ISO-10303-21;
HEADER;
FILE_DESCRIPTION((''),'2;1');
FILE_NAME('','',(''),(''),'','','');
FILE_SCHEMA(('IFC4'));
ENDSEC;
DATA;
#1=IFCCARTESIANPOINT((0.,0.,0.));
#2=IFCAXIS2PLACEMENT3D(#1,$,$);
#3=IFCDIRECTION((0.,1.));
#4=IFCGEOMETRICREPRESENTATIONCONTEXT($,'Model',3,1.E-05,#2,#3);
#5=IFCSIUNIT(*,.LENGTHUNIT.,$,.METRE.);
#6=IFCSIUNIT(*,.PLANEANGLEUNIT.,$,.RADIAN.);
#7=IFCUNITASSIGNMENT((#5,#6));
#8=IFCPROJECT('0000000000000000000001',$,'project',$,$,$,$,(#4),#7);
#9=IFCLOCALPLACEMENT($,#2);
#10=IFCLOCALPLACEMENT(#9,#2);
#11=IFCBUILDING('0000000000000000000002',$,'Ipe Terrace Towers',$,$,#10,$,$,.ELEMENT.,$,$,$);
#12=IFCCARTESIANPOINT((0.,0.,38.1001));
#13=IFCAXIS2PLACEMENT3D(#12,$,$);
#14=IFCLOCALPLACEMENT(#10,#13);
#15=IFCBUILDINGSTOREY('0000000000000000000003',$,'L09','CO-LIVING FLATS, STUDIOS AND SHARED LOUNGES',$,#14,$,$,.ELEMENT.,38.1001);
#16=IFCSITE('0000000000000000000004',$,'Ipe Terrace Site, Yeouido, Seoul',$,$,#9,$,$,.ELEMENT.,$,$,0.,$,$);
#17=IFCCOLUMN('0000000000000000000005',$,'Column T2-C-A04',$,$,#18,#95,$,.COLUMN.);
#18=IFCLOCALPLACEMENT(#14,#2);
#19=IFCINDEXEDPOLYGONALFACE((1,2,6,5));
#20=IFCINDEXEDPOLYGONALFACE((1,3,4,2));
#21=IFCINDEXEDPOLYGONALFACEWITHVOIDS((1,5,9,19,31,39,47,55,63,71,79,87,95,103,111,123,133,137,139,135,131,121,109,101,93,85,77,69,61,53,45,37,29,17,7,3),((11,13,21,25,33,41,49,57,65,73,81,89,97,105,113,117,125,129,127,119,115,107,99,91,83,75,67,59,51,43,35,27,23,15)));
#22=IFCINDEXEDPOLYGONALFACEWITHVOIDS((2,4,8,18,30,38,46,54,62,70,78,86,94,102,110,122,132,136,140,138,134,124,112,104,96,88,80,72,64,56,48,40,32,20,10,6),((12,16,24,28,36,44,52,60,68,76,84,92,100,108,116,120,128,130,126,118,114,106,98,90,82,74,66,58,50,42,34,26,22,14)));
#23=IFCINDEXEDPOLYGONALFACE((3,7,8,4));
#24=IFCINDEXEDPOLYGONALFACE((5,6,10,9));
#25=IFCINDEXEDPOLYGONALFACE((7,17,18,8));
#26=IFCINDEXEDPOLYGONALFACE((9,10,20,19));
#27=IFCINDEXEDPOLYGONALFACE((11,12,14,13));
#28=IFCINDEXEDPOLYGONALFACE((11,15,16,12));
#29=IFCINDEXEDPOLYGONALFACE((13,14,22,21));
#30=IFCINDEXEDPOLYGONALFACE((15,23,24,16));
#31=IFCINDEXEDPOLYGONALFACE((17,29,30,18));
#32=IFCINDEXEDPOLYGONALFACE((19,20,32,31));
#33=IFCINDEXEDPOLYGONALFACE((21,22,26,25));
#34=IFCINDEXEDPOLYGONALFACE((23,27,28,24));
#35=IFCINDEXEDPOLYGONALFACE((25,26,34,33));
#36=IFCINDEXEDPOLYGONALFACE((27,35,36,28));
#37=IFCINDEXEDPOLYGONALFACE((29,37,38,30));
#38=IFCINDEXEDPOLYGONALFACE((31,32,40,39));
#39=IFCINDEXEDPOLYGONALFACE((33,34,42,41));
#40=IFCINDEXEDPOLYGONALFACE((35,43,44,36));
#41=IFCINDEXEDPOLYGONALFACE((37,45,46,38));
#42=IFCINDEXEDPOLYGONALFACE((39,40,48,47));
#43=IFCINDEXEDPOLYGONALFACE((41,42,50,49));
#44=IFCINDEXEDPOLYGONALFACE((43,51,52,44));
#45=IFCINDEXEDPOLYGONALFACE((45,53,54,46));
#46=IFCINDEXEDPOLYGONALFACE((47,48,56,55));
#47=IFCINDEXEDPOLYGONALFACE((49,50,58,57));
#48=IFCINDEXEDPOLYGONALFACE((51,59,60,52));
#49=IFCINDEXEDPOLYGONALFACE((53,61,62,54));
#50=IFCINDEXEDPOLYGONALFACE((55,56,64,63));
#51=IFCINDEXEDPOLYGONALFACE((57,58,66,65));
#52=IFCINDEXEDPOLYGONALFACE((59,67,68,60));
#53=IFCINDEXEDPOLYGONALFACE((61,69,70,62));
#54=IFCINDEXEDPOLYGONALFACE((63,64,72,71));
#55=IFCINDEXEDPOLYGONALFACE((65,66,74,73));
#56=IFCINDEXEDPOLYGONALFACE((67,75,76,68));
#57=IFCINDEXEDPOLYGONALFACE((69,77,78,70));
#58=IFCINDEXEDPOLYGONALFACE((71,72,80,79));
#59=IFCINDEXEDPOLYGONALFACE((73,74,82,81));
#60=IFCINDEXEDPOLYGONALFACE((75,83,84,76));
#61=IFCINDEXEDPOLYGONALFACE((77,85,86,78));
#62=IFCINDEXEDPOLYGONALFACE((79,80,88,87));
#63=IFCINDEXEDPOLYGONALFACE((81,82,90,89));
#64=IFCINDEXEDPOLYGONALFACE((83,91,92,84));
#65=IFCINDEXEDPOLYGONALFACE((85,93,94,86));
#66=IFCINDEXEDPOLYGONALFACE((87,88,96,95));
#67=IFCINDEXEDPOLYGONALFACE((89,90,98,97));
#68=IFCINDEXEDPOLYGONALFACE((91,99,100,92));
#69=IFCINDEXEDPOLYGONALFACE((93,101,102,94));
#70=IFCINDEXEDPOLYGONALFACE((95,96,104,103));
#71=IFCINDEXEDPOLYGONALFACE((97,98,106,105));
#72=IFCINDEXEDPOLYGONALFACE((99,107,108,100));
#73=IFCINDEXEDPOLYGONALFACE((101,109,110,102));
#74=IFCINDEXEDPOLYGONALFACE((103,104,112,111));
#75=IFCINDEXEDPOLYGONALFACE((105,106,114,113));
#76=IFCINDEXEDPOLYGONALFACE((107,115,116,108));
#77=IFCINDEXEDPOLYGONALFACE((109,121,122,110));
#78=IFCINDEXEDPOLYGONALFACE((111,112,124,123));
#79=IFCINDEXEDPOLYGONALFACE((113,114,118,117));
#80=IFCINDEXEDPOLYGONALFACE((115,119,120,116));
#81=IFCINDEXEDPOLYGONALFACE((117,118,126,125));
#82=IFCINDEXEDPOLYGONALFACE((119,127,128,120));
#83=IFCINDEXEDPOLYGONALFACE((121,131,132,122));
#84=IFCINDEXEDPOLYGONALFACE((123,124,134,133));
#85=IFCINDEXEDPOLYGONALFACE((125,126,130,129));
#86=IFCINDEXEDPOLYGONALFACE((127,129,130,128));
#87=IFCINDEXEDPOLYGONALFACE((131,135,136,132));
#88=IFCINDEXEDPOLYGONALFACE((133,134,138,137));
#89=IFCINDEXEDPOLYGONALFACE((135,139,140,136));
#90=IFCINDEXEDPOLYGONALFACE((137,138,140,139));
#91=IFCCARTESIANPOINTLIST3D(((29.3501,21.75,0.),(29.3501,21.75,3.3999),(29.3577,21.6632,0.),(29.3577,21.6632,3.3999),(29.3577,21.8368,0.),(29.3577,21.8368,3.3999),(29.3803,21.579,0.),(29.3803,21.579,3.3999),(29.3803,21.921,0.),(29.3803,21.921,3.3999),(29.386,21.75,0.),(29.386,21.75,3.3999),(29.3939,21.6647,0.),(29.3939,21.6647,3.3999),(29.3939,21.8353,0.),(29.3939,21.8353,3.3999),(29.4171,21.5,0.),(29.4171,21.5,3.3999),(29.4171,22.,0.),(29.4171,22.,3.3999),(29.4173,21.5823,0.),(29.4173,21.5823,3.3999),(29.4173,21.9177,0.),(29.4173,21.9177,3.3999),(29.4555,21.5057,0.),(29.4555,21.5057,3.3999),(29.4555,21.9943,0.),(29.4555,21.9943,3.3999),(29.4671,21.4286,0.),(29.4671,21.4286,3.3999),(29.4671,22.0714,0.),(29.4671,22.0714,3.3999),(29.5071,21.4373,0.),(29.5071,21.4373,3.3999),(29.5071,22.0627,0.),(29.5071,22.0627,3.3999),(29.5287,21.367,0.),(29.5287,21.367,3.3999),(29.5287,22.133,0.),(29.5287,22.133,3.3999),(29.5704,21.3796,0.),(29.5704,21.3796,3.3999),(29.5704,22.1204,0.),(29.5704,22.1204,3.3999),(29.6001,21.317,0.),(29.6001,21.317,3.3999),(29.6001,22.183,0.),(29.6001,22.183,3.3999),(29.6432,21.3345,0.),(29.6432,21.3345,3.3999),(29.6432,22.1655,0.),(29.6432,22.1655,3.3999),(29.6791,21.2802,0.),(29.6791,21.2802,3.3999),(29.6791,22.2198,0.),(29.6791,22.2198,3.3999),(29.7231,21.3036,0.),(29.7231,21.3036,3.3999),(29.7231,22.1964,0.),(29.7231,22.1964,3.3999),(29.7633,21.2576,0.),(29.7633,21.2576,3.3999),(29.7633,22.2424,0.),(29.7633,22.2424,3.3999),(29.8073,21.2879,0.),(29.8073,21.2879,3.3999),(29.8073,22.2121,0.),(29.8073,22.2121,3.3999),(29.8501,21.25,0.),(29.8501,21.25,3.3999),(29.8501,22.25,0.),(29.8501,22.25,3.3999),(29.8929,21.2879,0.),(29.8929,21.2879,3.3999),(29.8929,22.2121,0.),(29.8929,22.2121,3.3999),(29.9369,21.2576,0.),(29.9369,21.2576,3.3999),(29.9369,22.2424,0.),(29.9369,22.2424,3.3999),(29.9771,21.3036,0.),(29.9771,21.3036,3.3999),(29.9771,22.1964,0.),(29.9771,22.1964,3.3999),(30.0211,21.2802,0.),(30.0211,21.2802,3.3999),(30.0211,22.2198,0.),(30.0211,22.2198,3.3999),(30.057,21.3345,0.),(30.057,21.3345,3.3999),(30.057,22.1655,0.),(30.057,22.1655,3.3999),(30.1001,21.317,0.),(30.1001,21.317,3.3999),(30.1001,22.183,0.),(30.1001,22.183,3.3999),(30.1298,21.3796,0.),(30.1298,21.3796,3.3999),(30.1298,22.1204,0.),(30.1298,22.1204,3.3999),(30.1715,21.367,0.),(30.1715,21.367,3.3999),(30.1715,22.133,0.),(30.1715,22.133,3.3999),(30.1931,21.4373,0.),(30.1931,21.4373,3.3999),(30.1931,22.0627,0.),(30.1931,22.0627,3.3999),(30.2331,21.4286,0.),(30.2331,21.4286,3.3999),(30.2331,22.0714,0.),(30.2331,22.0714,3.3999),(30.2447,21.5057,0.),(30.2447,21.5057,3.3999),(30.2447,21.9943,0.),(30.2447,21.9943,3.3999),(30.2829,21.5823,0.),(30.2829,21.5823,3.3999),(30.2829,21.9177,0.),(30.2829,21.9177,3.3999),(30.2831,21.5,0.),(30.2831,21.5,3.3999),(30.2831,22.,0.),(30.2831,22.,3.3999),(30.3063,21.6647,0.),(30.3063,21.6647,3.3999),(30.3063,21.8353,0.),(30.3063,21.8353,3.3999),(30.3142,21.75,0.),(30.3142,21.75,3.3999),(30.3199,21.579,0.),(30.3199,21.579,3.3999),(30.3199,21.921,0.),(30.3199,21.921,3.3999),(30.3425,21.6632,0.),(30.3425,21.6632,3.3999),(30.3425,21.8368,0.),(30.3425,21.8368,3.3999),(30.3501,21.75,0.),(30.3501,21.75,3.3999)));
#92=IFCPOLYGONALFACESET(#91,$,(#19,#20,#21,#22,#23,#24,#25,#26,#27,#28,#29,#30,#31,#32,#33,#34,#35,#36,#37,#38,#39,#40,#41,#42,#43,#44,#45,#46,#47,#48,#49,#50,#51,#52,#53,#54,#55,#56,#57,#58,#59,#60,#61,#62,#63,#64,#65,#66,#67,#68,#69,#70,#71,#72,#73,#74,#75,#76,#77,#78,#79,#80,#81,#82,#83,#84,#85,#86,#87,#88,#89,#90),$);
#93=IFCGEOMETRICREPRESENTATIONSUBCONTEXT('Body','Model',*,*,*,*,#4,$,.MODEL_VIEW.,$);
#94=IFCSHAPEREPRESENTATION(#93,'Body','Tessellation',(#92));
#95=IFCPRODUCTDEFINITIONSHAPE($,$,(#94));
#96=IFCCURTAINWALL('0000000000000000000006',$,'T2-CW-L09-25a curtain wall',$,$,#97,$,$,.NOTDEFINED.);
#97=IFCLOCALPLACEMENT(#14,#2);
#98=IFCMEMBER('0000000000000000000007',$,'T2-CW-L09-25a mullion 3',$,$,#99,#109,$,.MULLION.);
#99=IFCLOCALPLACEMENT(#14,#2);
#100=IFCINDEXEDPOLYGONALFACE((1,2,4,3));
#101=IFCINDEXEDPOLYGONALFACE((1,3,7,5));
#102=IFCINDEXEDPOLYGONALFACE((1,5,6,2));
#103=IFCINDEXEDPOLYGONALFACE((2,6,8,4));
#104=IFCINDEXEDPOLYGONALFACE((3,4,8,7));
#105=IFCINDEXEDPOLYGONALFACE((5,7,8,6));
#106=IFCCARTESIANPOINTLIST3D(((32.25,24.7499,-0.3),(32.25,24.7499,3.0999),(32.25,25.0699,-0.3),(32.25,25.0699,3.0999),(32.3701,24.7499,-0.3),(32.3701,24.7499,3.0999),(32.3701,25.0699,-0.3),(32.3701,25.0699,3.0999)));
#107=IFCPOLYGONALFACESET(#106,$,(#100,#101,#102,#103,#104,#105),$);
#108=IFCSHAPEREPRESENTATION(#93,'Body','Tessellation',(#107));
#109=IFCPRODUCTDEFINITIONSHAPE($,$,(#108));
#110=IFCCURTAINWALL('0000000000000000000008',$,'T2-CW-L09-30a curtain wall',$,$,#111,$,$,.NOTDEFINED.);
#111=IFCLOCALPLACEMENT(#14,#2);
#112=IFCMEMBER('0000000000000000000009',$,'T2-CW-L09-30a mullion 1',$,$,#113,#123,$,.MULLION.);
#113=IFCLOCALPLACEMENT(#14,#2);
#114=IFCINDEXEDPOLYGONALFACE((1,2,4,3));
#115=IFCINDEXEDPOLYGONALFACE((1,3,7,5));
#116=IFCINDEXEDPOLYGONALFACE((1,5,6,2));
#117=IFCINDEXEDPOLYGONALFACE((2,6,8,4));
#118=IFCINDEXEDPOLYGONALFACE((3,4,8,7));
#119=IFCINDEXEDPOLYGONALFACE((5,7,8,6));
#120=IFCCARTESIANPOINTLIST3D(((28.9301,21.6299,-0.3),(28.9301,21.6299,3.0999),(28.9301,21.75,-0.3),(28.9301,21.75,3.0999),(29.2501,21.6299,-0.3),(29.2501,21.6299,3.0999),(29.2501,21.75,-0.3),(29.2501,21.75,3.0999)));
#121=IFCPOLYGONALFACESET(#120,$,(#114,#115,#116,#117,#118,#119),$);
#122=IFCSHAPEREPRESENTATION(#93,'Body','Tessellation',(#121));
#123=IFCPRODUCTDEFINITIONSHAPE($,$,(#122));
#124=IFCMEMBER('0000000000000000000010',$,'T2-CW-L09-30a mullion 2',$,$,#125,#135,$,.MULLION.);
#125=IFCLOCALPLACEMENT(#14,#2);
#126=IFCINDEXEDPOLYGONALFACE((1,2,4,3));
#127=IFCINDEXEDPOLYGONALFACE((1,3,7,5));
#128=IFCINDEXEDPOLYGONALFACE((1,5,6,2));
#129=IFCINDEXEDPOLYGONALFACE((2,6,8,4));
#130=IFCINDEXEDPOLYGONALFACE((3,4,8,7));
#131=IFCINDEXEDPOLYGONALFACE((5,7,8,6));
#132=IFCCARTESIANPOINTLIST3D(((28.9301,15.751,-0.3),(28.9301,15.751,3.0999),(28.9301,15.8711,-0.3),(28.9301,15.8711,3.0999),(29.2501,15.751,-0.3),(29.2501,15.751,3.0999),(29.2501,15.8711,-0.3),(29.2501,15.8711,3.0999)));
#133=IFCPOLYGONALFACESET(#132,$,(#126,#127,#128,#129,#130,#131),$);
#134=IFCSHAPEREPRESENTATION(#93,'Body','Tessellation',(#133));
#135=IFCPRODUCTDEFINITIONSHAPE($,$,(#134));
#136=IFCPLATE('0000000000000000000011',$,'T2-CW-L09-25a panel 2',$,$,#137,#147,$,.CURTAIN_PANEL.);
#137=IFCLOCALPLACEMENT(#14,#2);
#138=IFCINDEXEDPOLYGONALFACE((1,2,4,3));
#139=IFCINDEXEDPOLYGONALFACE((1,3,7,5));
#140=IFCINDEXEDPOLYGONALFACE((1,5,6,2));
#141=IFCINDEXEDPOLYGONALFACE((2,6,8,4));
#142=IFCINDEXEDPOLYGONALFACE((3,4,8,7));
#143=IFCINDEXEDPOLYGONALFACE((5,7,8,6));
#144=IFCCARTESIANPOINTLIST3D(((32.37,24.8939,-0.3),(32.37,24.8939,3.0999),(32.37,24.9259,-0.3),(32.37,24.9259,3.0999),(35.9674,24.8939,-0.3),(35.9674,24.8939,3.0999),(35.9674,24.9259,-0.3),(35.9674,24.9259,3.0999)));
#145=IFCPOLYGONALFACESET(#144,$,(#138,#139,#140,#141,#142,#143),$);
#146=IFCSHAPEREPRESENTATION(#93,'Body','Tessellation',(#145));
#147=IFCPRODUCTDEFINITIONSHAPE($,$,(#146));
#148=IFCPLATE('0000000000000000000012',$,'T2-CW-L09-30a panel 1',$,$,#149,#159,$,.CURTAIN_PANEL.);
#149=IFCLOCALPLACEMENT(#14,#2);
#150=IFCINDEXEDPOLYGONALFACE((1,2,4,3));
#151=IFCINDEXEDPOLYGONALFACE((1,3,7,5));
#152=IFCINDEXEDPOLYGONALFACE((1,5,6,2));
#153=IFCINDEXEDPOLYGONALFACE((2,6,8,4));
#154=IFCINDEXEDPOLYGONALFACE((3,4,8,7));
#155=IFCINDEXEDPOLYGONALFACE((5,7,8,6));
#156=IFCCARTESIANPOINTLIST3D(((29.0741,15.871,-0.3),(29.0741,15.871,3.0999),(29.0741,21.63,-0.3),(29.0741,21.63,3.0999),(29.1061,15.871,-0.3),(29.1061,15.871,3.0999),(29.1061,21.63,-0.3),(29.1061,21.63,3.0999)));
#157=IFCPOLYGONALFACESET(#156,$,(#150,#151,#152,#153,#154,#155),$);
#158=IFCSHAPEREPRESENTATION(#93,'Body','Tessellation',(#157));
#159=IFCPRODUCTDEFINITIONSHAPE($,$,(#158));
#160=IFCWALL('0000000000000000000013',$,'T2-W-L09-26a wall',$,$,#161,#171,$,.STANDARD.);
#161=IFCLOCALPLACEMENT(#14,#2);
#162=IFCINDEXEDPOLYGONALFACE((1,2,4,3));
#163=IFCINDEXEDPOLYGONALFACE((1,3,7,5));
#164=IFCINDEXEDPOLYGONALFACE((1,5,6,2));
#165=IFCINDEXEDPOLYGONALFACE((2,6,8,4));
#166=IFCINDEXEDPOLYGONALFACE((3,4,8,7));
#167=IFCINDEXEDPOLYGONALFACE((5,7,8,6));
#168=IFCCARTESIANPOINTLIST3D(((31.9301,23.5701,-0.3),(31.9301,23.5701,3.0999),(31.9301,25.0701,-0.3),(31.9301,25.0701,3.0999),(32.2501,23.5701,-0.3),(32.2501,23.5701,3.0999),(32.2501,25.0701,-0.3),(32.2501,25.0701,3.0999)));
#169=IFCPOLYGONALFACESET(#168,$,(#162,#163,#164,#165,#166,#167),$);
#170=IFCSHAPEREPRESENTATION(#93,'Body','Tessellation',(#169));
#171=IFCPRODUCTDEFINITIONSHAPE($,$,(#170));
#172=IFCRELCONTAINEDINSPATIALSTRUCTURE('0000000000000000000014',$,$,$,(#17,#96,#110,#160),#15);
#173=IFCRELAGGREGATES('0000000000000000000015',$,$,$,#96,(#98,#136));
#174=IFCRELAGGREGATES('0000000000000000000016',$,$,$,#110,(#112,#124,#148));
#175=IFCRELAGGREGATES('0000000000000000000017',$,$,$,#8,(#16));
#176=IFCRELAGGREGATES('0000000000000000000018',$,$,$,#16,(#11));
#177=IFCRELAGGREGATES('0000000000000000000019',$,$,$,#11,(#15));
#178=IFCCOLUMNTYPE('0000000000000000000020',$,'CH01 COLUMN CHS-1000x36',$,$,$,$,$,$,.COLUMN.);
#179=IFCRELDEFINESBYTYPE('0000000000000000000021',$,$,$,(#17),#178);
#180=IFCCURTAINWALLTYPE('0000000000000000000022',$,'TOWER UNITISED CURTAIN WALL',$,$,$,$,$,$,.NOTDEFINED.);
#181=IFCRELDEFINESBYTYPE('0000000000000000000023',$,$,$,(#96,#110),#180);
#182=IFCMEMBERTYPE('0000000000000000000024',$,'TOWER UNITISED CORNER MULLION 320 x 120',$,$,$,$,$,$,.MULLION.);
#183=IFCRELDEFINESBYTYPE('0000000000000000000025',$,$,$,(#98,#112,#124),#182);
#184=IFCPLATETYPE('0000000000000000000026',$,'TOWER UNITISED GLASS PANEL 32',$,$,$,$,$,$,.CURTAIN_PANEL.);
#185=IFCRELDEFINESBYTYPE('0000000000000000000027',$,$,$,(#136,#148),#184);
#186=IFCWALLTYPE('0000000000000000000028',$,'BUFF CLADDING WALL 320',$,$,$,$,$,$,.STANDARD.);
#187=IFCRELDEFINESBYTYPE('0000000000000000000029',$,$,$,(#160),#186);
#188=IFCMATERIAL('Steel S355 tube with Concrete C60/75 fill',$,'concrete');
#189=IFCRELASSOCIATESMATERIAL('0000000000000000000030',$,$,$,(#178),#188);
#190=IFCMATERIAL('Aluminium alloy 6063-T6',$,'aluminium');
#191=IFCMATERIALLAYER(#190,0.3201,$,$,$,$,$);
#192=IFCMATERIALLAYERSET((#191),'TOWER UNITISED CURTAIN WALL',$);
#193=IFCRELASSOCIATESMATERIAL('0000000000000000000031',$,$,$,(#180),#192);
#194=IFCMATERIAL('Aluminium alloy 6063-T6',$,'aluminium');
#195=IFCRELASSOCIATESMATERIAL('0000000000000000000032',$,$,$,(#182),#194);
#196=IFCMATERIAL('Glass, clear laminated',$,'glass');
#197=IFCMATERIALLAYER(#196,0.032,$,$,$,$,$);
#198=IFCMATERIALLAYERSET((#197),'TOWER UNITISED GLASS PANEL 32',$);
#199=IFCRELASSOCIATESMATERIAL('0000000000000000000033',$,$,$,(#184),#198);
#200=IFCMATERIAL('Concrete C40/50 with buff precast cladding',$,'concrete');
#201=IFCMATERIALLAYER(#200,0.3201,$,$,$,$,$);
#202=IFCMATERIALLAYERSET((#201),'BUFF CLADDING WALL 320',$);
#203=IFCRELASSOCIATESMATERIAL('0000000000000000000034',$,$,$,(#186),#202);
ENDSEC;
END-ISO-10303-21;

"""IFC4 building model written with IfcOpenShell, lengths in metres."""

from ifc_helpers import new_model, si_unit, direction, frame, frame_2d, origin, origin_2d, place, context, subcontext, project, spatial, rectangle, hollow_circle, extrude, material, layer, layer_set, material_profile, profile_set, type_object, element, aggregate, save


model = new_model("IFC4")

# Units and contexts
model_context = context("Model", 3, precision=1e-05, world=origin(), true_north=direction((0.0, 1.0)))
body_context = subcontext(model_context, "Body", "Model", "MODEL_VIEW")
ifc_project = project(units=[si_unit("LENGTHUNIT", "METRE"), si_unit("PLANEANGLEUNIT", "RADIAN")], contexts=[model_context])

# Site, building, storey
site_placement = place(None, origin())
site = spatial("IfcSite", under=ifc_project, at=site_placement, Name="Ipe Terrace Site, Yeouido, Seoul", CompositionType="ELEMENT", RefElevation=0.0)
building_placement = place(site_placement, origin())
building = spatial("IfcBuilding", under=site, at=building_placement, Name="Ipe Terrace Towers", CompositionType="ELEMENT")
storey_placement = place(building_placement, frame((0.0, 0.0, 38.1001)))
storey = spatial("IfcBuildingStorey", under=building, at=storey_placement, Name="L09", Description="CO-LIVING FLATS, STUDIOS AND SHARED LOUNGES", CompositionType="ELEMENT", Elevation=38.1001)

# Column
ifc_material_1 = material(Name="Steel S355 tube with Concrete C60/75 fill", Category="concrete")
ifc_material_profile_1 = material_profile(ifc_material_1, hollow_circle(Radius=0.5, WallThickness=0.0359, at=origin_2d()), Name="CHS-1000x36")
ifc_profile_set_1 = profile_set([ifc_material_profile_1], Name="Steel S355 tube with Concrete C60/75 fill")
column_type = type_object("IfcColumnType", Name="CH01 COLUMN CHS-1000x36", PredefinedType="COLUMN", material=ifc_profile_set_1)
column_placement = place(storey_placement, frame((29.8501, 21.75, 0.0), z_axis=(0.0, 0.0, 1.0), x_axis=(1.0, 0.0, 0.0)))
element("IfcColumn", 1, at=column_placement, inside=storey, type_object=column_type, Name="Column T2-C-A04", PredefinedType="COLUMN", context=body_context, shape_type="SweptSolid", body=[
    extrude(hollow_circle(Radius=0.5, WallThickness=0.0359, at=origin_2d()), origin(), (0.0, 0.0, 1.0), 3.3999),
])

# Curtain wall, member
ifc_material_2 = material(Name="Aluminium alloy 6063-T6", Category="aluminium")
ifc_layer_1 = layer(ifc_material_2, 0.3201)
ifc_layer_set_1 = layer_set([ifc_layer_1], Name="TOWER UNITISED CURTAIN WALL")
curtain_wall_type = type_object("IfcCurtainWallType", Name="TOWER UNITISED CURTAIN WALL", PredefinedType="NOTDEFINED", material=ifc_layer_set_1)
curtain_wall_1_placement = place(storey_placement, origin())
curtain_wall_1 = element("IfcCurtainWall", 2, at=curtain_wall_1_placement, inside=storey, type_object=curtain_wall_type, Name="T2-CW-L09-25a curtain wall", PredefinedType="NOTDEFINED")
ifc_material_3 = material(Name="Aluminium alloy 6063-T6", Category="aluminium")
ifc_material_profile_2 = material_profile(ifc_material_3, rectangle(XDim=0.3201, YDim=0.1201, at=origin_2d()), Name="TOWER UNITISED CORNER MULLION 320 x 120")
ifc_profile_set_2 = profile_set([ifc_material_profile_2], Name="Aluminium alloy 6063-T6")
member_type = type_object("IfcMemberType", Name="TOWER UNITISED CORNER MULLION 320 x 120", PredefinedType="MULLION", material=ifc_profile_set_2)
member_1_placement = place(storey_placement, frame((32.3101, 24.9099, -0.3), z_axis=(0.0, 0.0, 1.0), x_axis=(0.0, 1.0, 0.0)))
member_1 = element("IfcMember", 3, at=member_1_placement, type_object=member_type, Name="T2-CW-L09-25a mullion 3", PredefinedType="MULLION", context=body_context, shape_type="SweptSolid", body=[
    extrude(rectangle(XDim=0.3201, YDim=0.1201, at=origin_2d()), origin(), (0.0, 0.0, 1.0), 3.3999),
])

# Curtain wall, members
curtain_wall_2_placement = place(storey_placement, origin())
curtain_wall_2 = element("IfcCurtainWall", 4, at=curtain_wall_2_placement, inside=storey, type_object=curtain_wall_type, Name="T2-CW-L09-30a curtain wall", PredefinedType="NOTDEFINED")
member_2_placement = place(storey_placement, frame((29.0901, 21.6899, -0.3), z_axis=(0.0, 0.0, 1.0), x_axis=(-1.0, 0.0, 0.0)))
member_2 = element("IfcMember", 5, at=member_2_placement, type_object=member_type, Name="T2-CW-L09-30a mullion 1", PredefinedType="MULLION", context=body_context, shape_type="SweptSolid", body=[
    extrude(rectangle(XDim=0.3201, YDim=0.1201, at=origin_2d()), origin(), (0.0, 0.0, 1.0), 3.3999),
])
member_3_placement = place(storey_placement, frame((29.0901, 15.811, -0.3), z_axis=(0.0, 0.0, 1.0), x_axis=(-1.0, 0.0, 0.0)))
member_3 = element("IfcMember", 6, at=member_3_placement, type_object=member_type, Name="T2-CW-L09-30a mullion 2", PredefinedType="MULLION", context=body_context, shape_type="SweptSolid", body=[
    extrude(rectangle(XDim=0.3201, YDim=0.1201, at=origin_2d()), origin(), (0.0, 0.0, 1.0), 3.3999),
])

# Plates
ifc_material_4 = material(Name="Glass, clear laminated", Category="glass")
ifc_layer_2 = layer(ifc_material_4, 0.032)
ifc_layer_set_2 = layer_set([ifc_layer_2], Name="TOWER UNITISED GLASS PANEL 32")
plate_type = type_object("IfcPlateType", Name="TOWER UNITISED GLASS PANEL 32", PredefinedType="CURTAIN_PANEL", material=ifc_layer_set_2)
plate_1_placement = place(storey_placement, frame((34.1687, 24.9099, -0.3), z_axis=(0.0, 0.0, 1.0), x_axis=(-1.0, 0.0, 0.0)))
plate_1 = element("IfcPlate", 7, at=plate_1_placement, type_object=plate_type, Name="T2-CW-L09-25a panel 2", PredefinedType="CURTAIN_PANEL", context=body_context, shape_type="SweptSolid", body=[
    extrude(rectangle(XDim=3.5974, YDim=0.032, at=origin_2d()), origin(), (0.0, 0.0, 1.0), 3.3999),
])
aggregate(curtain_wall_1, [member_1, plate_1])
plate_2_placement = place(storey_placement, frame((29.0901, 18.7505, -0.3), z_axis=(0.0, 0.0, 1.0), x_axis=(0.0, -1.0, 0.0)))
plate_2 = element("IfcPlate", 8, at=plate_2_placement, type_object=plate_type, Name="T2-CW-L09-30a panel 1", PredefinedType="CURTAIN_PANEL", context=body_context, shape_type="SweptSolid", body=[
    extrude(rectangle(XDim=5.759, YDim=0.032, at=origin_2d()), origin(), (0.0, 0.0, 1.0), 3.3999),
])
aggregate(curtain_wall_2, [member_2, member_3, plate_2])

# Wall
ifc_material_5 = material(Name="Concrete C40/50 with buff precast cladding", Category="concrete")
ifc_layer_3 = layer(ifc_material_5, 0.3201)
ifc_layer_set_3 = layer_set([ifc_layer_3], Name="BUFF CLADDING WALL 320")
wall_type_1 = type_object("IfcWallType", Name="BUFF CLADDING WALL 320", PredefinedType="STANDARD", material=ifc_layer_set_3)
wall_1_placement = place(storey_placement, frame((32.0901, 25.0701, -0.3), z_axis=(0.0, 0.0, 1.0), x_axis=(0.0, -1.0, 0.0)))
element("IfcWall", 9, at=wall_1_placement, inside=storey, type_object=wall_type_1, Name="T2-W-L09-26a wall", PredefinedType="STANDARD", context=body_context, shape_type="SweptSolid", body=[
    extrude(rectangle(XDim=1.5, YDim=0.3201, at=frame_2d((0.75, 0.0))), origin(), (0.0, 0.0, 1.0), 3.3999),
])

save(model, "model.ifc")
